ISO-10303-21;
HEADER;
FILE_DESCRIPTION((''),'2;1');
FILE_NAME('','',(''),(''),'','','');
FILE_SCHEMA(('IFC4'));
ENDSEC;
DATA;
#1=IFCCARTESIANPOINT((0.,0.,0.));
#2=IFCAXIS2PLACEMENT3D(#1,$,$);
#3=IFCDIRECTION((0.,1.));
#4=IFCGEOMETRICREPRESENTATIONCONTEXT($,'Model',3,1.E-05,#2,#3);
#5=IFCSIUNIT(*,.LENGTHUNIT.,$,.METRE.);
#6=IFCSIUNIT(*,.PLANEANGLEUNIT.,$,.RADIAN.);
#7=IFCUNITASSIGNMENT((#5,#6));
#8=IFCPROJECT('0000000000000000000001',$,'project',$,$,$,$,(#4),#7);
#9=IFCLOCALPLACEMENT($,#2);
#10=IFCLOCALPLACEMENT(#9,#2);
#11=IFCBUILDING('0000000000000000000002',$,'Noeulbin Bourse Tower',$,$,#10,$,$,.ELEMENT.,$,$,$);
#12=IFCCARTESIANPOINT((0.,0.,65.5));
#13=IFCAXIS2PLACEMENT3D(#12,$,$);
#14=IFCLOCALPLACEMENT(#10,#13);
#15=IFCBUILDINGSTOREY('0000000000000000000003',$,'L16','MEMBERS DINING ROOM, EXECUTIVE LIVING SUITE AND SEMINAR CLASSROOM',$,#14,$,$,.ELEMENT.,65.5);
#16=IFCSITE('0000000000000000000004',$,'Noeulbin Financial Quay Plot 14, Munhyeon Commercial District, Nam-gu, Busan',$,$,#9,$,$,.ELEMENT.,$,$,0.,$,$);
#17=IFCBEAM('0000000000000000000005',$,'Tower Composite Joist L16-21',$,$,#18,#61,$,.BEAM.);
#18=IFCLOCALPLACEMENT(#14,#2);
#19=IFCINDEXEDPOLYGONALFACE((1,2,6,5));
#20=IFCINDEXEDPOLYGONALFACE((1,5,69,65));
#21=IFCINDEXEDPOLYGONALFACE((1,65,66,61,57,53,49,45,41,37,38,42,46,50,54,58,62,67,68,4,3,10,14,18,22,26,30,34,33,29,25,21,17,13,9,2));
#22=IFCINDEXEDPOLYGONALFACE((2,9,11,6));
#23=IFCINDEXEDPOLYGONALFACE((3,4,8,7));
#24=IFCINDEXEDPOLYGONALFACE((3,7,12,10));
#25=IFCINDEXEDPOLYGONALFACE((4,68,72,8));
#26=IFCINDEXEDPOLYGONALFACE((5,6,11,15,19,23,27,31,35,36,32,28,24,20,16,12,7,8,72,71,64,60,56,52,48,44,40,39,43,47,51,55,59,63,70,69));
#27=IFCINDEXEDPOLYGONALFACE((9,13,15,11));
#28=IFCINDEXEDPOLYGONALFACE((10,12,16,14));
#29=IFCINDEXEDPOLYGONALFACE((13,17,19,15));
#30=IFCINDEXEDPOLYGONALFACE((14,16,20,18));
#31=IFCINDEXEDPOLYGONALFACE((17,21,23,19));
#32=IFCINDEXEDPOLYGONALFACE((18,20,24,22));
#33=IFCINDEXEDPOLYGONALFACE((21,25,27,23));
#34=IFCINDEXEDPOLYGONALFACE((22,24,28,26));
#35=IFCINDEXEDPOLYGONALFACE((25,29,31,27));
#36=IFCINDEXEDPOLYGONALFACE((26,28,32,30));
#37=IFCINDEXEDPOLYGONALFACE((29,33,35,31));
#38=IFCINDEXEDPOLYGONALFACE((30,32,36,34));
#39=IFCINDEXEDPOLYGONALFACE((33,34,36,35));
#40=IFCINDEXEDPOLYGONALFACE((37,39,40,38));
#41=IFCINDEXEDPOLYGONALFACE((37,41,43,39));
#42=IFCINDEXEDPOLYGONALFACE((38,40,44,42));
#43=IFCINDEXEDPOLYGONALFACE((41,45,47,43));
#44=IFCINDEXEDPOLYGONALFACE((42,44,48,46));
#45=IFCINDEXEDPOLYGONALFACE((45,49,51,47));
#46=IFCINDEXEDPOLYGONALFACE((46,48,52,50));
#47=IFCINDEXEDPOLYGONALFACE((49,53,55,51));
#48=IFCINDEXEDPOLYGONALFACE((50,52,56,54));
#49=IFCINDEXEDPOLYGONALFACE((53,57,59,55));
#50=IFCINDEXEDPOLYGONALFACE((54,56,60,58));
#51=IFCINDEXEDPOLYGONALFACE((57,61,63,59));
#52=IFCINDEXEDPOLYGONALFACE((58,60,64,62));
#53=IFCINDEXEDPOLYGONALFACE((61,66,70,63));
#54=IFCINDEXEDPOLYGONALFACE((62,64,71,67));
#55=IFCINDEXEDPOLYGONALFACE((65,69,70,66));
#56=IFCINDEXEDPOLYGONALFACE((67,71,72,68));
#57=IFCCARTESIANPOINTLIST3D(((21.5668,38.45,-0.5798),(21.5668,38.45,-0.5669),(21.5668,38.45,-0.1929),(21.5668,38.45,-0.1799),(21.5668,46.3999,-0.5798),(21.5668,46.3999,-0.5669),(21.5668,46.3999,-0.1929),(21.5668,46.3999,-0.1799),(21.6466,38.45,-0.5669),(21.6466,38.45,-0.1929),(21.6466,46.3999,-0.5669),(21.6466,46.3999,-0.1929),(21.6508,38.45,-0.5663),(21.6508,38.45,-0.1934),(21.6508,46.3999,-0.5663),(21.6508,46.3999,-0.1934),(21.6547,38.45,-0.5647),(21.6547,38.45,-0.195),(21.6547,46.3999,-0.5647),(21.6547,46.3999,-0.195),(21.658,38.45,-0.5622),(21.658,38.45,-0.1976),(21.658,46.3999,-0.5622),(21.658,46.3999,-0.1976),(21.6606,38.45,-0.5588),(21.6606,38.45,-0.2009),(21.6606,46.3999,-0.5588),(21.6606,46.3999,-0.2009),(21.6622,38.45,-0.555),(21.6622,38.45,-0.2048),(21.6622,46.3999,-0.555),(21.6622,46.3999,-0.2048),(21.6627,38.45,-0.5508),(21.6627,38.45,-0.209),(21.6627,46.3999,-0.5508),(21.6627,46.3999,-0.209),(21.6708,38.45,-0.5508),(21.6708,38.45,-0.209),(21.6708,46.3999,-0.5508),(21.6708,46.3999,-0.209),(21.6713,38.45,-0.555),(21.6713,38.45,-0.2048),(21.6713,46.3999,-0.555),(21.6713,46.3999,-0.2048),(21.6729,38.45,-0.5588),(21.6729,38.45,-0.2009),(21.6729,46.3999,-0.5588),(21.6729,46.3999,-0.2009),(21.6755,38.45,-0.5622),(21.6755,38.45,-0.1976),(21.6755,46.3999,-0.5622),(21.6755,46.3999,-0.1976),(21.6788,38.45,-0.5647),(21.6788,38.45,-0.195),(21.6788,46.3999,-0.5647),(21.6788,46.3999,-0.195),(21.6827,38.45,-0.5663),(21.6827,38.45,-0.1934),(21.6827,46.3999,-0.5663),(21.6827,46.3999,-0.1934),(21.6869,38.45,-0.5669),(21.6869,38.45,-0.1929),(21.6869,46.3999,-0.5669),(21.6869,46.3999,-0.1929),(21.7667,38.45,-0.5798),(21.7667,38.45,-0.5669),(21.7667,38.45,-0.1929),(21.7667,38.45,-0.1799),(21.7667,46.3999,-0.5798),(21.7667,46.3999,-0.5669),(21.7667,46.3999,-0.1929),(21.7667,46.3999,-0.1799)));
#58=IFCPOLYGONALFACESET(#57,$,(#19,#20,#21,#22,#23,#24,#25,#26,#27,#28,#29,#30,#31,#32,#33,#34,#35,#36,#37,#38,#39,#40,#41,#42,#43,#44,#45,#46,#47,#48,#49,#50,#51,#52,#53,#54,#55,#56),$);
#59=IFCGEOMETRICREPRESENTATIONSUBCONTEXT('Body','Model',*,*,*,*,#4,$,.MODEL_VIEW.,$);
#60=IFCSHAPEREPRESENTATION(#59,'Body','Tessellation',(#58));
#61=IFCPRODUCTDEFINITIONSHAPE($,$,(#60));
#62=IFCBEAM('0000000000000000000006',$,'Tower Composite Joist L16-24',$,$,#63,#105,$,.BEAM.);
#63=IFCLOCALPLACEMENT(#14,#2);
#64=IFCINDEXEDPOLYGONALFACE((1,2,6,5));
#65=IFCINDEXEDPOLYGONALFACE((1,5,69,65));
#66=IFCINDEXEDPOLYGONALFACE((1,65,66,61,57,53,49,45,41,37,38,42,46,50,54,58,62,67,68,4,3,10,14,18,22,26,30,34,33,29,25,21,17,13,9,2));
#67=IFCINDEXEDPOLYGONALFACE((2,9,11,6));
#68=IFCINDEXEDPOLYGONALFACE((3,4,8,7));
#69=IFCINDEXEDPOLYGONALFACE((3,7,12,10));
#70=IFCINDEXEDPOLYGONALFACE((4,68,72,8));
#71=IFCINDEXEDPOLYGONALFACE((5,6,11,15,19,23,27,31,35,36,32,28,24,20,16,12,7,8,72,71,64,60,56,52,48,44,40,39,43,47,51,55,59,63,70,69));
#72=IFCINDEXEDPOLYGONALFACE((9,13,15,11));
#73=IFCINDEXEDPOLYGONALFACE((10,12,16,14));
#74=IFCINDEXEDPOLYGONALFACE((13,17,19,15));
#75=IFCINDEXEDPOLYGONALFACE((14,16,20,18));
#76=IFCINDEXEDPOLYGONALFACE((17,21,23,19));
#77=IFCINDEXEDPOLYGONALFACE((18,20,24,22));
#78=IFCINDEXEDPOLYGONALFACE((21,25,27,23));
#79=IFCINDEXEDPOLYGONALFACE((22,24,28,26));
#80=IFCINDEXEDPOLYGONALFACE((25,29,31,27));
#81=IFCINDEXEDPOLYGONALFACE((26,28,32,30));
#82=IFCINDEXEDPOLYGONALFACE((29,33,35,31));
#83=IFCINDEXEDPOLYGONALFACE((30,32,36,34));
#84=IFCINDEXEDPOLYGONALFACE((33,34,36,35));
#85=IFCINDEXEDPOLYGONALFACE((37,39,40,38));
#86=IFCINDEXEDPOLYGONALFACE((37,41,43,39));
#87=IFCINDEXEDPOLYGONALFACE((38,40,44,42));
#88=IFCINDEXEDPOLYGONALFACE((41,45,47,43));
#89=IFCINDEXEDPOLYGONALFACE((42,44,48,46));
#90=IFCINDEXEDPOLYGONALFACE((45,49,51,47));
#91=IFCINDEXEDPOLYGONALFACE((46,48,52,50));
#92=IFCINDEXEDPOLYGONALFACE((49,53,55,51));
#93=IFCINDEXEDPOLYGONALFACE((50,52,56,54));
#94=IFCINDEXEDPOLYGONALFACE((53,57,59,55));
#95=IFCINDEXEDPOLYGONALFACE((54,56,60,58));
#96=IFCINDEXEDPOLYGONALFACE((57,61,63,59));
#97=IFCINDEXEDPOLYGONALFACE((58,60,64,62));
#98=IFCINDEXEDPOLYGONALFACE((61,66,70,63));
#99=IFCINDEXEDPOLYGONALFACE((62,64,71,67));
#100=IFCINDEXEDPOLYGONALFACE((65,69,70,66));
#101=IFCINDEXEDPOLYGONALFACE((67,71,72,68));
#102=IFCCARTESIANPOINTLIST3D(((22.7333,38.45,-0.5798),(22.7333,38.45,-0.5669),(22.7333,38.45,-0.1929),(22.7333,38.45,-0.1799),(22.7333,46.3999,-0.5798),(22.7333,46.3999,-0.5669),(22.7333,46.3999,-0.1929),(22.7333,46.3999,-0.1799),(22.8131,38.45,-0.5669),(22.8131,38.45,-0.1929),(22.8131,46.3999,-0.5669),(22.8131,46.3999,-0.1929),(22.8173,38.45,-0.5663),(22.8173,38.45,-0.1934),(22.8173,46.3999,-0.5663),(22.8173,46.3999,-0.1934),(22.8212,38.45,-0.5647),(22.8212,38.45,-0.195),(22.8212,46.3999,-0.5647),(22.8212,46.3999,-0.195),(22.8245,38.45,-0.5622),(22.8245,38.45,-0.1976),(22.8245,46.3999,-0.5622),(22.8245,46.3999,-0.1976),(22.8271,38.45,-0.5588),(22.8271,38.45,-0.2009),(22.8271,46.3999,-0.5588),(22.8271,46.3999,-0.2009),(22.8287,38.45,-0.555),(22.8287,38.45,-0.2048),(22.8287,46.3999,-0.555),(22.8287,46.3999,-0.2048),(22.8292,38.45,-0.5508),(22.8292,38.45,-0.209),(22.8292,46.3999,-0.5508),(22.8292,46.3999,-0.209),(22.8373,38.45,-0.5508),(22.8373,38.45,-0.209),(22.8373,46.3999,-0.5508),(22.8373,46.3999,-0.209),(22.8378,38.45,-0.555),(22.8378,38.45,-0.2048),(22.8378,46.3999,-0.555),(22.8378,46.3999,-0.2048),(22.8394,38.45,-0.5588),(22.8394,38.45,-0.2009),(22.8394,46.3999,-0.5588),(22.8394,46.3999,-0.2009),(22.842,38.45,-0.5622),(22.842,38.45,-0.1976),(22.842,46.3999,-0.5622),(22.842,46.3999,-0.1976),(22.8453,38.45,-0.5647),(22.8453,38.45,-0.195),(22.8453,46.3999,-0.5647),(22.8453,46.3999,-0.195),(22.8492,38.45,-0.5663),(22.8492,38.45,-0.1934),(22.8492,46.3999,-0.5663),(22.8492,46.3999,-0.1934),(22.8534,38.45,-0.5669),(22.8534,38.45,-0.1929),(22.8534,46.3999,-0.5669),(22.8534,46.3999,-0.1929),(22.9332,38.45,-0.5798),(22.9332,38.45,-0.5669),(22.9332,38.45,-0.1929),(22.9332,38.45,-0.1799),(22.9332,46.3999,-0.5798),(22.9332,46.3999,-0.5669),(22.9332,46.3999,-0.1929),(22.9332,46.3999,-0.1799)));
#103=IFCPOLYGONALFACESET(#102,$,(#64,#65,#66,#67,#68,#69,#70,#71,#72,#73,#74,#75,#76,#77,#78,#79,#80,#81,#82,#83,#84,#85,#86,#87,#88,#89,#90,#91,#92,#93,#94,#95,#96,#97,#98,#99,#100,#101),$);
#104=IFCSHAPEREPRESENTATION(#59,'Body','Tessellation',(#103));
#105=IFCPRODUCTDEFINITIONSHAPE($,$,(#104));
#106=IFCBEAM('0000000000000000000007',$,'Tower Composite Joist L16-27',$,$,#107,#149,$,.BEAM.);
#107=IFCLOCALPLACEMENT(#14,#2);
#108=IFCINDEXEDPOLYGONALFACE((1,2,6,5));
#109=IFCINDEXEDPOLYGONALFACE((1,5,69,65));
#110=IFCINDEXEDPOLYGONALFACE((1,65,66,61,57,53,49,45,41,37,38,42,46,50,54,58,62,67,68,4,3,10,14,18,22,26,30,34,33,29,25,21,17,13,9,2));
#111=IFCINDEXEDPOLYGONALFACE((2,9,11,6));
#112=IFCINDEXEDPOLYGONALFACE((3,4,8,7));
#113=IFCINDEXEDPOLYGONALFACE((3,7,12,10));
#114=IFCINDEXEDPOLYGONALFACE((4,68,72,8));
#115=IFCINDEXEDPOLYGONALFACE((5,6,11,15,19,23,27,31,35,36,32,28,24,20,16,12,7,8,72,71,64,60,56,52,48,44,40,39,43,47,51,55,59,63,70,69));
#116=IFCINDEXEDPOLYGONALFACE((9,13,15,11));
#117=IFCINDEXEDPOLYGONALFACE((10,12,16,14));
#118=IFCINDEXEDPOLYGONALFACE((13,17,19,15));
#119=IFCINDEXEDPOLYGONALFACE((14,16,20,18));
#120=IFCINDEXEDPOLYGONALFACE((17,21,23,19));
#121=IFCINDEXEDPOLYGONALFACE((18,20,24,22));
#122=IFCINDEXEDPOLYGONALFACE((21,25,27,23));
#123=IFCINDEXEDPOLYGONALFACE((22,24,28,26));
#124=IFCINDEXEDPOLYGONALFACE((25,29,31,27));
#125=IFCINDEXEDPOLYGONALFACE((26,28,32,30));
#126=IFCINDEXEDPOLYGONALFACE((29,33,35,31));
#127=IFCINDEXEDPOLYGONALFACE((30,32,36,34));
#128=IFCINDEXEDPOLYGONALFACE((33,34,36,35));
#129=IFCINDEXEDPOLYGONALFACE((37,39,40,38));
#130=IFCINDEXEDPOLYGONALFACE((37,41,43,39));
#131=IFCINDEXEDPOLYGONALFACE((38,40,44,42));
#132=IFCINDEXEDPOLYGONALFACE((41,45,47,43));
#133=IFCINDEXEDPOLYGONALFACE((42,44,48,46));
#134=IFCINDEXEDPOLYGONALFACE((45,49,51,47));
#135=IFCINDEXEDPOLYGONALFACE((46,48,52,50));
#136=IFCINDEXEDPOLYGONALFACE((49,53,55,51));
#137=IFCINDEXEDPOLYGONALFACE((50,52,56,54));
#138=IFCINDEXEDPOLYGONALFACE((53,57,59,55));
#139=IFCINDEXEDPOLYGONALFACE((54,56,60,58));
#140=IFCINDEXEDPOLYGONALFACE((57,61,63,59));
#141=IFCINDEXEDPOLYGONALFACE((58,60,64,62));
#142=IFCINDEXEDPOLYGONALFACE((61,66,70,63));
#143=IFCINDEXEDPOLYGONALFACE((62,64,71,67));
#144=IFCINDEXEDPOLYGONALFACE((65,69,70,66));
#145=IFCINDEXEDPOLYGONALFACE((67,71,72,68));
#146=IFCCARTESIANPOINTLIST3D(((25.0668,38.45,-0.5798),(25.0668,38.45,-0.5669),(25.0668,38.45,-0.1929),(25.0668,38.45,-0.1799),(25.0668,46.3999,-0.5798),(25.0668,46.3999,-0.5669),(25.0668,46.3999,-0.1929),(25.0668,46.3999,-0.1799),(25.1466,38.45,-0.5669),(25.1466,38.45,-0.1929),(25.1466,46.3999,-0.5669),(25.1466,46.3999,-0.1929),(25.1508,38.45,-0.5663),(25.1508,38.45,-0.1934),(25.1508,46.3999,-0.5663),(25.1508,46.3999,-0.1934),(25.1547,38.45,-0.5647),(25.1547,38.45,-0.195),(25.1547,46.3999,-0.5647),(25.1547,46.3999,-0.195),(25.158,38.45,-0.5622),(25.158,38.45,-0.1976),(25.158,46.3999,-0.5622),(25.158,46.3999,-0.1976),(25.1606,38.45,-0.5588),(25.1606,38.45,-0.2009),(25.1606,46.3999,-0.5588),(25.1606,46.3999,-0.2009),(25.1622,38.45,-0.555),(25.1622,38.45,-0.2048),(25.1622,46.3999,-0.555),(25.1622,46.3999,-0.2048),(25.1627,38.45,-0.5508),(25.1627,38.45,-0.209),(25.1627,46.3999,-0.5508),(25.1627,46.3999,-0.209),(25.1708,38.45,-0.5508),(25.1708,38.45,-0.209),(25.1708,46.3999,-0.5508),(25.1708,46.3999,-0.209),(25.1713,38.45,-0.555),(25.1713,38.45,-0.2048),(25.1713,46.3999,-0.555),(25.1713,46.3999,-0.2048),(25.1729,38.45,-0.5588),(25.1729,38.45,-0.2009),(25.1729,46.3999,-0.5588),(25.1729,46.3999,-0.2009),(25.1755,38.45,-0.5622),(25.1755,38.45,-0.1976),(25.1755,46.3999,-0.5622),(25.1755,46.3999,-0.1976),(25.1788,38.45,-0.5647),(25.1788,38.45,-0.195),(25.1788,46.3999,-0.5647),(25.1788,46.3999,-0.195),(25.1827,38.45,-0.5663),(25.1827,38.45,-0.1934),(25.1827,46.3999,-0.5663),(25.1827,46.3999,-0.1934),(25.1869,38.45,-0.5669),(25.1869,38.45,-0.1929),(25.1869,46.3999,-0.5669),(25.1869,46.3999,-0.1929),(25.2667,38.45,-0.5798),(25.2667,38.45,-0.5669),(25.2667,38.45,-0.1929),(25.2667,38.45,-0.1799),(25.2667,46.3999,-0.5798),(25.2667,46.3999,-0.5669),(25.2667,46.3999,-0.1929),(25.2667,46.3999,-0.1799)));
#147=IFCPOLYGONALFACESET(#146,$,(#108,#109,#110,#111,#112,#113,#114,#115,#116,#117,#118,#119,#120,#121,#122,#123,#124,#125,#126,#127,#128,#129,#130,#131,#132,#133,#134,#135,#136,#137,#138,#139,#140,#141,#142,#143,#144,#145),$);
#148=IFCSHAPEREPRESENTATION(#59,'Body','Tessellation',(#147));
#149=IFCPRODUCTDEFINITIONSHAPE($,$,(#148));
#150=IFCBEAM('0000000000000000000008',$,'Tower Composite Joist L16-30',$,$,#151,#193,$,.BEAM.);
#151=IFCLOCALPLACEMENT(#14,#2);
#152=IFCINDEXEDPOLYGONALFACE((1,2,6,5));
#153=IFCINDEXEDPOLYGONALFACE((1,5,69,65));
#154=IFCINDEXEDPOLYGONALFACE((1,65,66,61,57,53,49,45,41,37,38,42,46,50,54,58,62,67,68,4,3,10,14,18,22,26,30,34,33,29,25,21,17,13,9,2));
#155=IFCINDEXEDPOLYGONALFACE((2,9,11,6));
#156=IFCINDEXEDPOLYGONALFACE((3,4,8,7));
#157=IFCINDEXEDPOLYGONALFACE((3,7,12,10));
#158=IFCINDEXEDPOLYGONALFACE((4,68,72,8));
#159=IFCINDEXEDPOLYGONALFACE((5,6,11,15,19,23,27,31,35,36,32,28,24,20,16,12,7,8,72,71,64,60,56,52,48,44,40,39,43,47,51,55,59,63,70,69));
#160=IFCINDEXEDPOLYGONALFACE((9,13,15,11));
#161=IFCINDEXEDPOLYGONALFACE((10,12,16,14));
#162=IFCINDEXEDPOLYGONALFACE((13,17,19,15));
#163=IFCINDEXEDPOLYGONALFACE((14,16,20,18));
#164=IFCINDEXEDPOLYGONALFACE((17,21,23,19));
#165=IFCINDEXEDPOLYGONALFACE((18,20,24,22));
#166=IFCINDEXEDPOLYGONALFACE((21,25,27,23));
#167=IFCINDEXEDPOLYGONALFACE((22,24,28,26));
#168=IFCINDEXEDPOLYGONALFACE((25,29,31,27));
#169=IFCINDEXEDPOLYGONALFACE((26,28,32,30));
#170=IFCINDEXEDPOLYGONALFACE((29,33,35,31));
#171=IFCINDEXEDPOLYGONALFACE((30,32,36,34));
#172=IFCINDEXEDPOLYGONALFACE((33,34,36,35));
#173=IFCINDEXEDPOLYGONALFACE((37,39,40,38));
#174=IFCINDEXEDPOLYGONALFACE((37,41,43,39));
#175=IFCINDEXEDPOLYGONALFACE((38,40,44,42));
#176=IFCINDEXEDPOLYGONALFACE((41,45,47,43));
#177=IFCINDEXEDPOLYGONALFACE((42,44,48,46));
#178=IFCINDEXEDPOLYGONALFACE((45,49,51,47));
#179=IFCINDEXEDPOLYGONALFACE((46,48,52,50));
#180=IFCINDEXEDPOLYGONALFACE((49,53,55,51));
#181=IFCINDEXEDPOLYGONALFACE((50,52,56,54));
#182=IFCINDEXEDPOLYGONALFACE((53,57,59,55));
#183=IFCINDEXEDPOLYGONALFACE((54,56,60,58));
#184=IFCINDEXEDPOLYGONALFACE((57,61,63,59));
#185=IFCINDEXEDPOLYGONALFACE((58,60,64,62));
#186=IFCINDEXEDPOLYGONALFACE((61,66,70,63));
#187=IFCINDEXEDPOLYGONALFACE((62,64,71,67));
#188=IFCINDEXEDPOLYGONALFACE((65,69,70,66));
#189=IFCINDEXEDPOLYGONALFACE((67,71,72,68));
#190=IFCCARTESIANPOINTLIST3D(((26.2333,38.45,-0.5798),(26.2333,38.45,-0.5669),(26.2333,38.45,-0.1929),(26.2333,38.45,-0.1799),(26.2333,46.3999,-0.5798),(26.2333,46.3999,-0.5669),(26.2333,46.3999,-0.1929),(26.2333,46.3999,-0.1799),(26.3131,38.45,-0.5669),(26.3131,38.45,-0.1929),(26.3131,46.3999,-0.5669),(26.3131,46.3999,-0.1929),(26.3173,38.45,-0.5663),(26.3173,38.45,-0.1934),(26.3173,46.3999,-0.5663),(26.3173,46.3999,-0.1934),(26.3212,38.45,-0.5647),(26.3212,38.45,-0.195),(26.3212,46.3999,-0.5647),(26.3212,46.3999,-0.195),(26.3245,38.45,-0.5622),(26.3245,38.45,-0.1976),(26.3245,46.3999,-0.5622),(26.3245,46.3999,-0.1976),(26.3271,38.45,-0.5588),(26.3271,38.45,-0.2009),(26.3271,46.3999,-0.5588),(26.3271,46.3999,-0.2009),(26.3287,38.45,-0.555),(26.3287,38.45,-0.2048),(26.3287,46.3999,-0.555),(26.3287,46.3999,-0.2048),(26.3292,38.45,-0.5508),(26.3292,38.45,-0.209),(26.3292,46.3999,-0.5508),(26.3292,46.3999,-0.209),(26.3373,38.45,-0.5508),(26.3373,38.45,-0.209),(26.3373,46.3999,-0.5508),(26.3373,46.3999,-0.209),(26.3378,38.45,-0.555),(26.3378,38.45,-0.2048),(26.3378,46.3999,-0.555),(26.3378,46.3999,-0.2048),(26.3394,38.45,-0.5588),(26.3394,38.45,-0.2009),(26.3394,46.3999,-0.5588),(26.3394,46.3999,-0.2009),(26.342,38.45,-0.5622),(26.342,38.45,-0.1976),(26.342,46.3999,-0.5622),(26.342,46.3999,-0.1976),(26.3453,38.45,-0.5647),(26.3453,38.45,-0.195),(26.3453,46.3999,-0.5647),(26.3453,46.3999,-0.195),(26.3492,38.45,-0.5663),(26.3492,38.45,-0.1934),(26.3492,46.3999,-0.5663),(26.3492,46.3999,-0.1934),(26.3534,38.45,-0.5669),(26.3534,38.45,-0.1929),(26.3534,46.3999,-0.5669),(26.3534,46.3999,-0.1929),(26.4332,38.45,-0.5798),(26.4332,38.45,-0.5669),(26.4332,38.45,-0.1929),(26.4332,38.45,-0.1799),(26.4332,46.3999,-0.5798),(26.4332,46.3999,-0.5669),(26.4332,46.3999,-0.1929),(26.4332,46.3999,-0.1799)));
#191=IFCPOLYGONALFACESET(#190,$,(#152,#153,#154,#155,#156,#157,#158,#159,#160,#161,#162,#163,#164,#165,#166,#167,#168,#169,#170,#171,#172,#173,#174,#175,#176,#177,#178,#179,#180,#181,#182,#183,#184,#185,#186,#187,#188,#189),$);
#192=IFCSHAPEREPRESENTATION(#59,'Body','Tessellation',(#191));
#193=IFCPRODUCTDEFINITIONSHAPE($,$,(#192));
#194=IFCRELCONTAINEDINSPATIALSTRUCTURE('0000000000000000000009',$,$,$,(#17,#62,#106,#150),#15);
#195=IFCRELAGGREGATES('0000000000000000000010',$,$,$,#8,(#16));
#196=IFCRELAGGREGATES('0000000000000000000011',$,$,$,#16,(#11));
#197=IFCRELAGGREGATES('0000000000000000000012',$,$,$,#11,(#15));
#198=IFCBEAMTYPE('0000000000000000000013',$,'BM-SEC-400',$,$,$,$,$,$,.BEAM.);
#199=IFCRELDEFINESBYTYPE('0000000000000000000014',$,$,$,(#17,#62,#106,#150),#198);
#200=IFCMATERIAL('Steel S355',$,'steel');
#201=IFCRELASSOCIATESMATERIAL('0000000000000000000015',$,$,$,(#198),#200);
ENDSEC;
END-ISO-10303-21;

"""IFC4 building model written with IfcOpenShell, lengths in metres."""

from ifc_helpers import new_model, si_unit, direction, frame, origin, origin_2d, place, context, subcontext, project, spatial, i_section, extrude, material, material_profile, profile_set, type_object, element, save


model = new_model("IFC4")

# Units and contexts
model_context = context("Model", 3, precision=1e-05, world=origin(), true_north=direction((0.0, 1.0)))
body_context = subcontext(model_context, "Body", "Model", "MODEL_VIEW")
ifc_project = project(units=[si_unit("LENGTHUNIT", "METRE"), si_unit("PLANEANGLEUNIT", "RADIAN")], contexts=[model_context])

# Site, building, storey
site_placement = place(None, origin())
site = spatial("IfcSite", under=ifc_project, at=site_placement, Name="Noeulbin Financial Quay Plot 14, Munhyeon Commercial District, Nam-gu, Busan", CompositionType="ELEMENT", RefElevation=0.0)
building_placement = place(site_placement, origin())
building = spatial("IfcBuilding", under=site, at=building_placement, Name="Noeulbin Bourse Tower", CompositionType="ELEMENT")
storey_placement = place(building_placement, frame((0.0, 0.0, 65.5)))
storey = spatial("IfcBuildingStorey", under=building, at=storey_placement, Name="L16", Description="MEMBERS DINING ROOM, EXECUTIVE LIVING SUITE AND SEMINAR CLASSROOM", CompositionType="ELEMENT", Elevation=65.5)

# Beams
ifc_material_1 = material(Name="Steel S355", Category="steel")
ifc_material_profile_1 = material_profile(ifc_material_1, i_section(OverallWidth=0.2, OverallDepth=0.3999, WebThickness=0.0081, FlangeThickness=0.0129, FilletRadius=0.0161, at=origin_2d()), Name="H-400x200x8x13", Category="LoadBearing")
ifc_profile_set_1 = profile_set([ifc_material_profile_1], Name="Steel S355")
beam_type_1 = type_object("IfcBeamType", Name="BM-SEC-400", PredefinedType="BEAM", material=ifc_profile_set_1)
for number, where, z_axis, x_axis, name in (
    (1, (21.6667, 38.45, -0.3799), (0.0, 1.0, 0.0), (-1.0, 0.0, 0.0), "Tower Composite Joist L16-21"),
    (2, (22.8333, 38.45, -0.3799), (0.0, 1.0, 0.0), (-1.0, 0.0, 0.0), "Tower Composite Joist L16-24"),
    (3, (25.1667, 38.45, -0.3799), (0.0, 1.0, 0.0), (-1.0, 0.0, 0.0), "Tower Composite Joist L16-27"),
    (4, (26.3333, 38.45, -0.3799), (0.0, 1.0, 0.0), (-1.0, 0.0, 0.0), "Tower Composite Joist L16-30"),
):
    element("IfcBeam", number, at=place(storey_placement, frame(where, z_axis=z_axis, x_axis=x_axis)), inside=storey, type_object=beam_type_1, Name=name, PredefinedType="BEAM", context=body_context, shape_type="SweptSolid", body=[
        extrude(i_section(OverallWidth=0.2, OverallDepth=0.3999, WebThickness=0.0081, FlangeThickness=0.0129, FilletRadius=0.0161, at=origin_2d()), origin(), (0.0, 0.0, 1.0), 7.95),
    ])

save(model, "model.ifc")
